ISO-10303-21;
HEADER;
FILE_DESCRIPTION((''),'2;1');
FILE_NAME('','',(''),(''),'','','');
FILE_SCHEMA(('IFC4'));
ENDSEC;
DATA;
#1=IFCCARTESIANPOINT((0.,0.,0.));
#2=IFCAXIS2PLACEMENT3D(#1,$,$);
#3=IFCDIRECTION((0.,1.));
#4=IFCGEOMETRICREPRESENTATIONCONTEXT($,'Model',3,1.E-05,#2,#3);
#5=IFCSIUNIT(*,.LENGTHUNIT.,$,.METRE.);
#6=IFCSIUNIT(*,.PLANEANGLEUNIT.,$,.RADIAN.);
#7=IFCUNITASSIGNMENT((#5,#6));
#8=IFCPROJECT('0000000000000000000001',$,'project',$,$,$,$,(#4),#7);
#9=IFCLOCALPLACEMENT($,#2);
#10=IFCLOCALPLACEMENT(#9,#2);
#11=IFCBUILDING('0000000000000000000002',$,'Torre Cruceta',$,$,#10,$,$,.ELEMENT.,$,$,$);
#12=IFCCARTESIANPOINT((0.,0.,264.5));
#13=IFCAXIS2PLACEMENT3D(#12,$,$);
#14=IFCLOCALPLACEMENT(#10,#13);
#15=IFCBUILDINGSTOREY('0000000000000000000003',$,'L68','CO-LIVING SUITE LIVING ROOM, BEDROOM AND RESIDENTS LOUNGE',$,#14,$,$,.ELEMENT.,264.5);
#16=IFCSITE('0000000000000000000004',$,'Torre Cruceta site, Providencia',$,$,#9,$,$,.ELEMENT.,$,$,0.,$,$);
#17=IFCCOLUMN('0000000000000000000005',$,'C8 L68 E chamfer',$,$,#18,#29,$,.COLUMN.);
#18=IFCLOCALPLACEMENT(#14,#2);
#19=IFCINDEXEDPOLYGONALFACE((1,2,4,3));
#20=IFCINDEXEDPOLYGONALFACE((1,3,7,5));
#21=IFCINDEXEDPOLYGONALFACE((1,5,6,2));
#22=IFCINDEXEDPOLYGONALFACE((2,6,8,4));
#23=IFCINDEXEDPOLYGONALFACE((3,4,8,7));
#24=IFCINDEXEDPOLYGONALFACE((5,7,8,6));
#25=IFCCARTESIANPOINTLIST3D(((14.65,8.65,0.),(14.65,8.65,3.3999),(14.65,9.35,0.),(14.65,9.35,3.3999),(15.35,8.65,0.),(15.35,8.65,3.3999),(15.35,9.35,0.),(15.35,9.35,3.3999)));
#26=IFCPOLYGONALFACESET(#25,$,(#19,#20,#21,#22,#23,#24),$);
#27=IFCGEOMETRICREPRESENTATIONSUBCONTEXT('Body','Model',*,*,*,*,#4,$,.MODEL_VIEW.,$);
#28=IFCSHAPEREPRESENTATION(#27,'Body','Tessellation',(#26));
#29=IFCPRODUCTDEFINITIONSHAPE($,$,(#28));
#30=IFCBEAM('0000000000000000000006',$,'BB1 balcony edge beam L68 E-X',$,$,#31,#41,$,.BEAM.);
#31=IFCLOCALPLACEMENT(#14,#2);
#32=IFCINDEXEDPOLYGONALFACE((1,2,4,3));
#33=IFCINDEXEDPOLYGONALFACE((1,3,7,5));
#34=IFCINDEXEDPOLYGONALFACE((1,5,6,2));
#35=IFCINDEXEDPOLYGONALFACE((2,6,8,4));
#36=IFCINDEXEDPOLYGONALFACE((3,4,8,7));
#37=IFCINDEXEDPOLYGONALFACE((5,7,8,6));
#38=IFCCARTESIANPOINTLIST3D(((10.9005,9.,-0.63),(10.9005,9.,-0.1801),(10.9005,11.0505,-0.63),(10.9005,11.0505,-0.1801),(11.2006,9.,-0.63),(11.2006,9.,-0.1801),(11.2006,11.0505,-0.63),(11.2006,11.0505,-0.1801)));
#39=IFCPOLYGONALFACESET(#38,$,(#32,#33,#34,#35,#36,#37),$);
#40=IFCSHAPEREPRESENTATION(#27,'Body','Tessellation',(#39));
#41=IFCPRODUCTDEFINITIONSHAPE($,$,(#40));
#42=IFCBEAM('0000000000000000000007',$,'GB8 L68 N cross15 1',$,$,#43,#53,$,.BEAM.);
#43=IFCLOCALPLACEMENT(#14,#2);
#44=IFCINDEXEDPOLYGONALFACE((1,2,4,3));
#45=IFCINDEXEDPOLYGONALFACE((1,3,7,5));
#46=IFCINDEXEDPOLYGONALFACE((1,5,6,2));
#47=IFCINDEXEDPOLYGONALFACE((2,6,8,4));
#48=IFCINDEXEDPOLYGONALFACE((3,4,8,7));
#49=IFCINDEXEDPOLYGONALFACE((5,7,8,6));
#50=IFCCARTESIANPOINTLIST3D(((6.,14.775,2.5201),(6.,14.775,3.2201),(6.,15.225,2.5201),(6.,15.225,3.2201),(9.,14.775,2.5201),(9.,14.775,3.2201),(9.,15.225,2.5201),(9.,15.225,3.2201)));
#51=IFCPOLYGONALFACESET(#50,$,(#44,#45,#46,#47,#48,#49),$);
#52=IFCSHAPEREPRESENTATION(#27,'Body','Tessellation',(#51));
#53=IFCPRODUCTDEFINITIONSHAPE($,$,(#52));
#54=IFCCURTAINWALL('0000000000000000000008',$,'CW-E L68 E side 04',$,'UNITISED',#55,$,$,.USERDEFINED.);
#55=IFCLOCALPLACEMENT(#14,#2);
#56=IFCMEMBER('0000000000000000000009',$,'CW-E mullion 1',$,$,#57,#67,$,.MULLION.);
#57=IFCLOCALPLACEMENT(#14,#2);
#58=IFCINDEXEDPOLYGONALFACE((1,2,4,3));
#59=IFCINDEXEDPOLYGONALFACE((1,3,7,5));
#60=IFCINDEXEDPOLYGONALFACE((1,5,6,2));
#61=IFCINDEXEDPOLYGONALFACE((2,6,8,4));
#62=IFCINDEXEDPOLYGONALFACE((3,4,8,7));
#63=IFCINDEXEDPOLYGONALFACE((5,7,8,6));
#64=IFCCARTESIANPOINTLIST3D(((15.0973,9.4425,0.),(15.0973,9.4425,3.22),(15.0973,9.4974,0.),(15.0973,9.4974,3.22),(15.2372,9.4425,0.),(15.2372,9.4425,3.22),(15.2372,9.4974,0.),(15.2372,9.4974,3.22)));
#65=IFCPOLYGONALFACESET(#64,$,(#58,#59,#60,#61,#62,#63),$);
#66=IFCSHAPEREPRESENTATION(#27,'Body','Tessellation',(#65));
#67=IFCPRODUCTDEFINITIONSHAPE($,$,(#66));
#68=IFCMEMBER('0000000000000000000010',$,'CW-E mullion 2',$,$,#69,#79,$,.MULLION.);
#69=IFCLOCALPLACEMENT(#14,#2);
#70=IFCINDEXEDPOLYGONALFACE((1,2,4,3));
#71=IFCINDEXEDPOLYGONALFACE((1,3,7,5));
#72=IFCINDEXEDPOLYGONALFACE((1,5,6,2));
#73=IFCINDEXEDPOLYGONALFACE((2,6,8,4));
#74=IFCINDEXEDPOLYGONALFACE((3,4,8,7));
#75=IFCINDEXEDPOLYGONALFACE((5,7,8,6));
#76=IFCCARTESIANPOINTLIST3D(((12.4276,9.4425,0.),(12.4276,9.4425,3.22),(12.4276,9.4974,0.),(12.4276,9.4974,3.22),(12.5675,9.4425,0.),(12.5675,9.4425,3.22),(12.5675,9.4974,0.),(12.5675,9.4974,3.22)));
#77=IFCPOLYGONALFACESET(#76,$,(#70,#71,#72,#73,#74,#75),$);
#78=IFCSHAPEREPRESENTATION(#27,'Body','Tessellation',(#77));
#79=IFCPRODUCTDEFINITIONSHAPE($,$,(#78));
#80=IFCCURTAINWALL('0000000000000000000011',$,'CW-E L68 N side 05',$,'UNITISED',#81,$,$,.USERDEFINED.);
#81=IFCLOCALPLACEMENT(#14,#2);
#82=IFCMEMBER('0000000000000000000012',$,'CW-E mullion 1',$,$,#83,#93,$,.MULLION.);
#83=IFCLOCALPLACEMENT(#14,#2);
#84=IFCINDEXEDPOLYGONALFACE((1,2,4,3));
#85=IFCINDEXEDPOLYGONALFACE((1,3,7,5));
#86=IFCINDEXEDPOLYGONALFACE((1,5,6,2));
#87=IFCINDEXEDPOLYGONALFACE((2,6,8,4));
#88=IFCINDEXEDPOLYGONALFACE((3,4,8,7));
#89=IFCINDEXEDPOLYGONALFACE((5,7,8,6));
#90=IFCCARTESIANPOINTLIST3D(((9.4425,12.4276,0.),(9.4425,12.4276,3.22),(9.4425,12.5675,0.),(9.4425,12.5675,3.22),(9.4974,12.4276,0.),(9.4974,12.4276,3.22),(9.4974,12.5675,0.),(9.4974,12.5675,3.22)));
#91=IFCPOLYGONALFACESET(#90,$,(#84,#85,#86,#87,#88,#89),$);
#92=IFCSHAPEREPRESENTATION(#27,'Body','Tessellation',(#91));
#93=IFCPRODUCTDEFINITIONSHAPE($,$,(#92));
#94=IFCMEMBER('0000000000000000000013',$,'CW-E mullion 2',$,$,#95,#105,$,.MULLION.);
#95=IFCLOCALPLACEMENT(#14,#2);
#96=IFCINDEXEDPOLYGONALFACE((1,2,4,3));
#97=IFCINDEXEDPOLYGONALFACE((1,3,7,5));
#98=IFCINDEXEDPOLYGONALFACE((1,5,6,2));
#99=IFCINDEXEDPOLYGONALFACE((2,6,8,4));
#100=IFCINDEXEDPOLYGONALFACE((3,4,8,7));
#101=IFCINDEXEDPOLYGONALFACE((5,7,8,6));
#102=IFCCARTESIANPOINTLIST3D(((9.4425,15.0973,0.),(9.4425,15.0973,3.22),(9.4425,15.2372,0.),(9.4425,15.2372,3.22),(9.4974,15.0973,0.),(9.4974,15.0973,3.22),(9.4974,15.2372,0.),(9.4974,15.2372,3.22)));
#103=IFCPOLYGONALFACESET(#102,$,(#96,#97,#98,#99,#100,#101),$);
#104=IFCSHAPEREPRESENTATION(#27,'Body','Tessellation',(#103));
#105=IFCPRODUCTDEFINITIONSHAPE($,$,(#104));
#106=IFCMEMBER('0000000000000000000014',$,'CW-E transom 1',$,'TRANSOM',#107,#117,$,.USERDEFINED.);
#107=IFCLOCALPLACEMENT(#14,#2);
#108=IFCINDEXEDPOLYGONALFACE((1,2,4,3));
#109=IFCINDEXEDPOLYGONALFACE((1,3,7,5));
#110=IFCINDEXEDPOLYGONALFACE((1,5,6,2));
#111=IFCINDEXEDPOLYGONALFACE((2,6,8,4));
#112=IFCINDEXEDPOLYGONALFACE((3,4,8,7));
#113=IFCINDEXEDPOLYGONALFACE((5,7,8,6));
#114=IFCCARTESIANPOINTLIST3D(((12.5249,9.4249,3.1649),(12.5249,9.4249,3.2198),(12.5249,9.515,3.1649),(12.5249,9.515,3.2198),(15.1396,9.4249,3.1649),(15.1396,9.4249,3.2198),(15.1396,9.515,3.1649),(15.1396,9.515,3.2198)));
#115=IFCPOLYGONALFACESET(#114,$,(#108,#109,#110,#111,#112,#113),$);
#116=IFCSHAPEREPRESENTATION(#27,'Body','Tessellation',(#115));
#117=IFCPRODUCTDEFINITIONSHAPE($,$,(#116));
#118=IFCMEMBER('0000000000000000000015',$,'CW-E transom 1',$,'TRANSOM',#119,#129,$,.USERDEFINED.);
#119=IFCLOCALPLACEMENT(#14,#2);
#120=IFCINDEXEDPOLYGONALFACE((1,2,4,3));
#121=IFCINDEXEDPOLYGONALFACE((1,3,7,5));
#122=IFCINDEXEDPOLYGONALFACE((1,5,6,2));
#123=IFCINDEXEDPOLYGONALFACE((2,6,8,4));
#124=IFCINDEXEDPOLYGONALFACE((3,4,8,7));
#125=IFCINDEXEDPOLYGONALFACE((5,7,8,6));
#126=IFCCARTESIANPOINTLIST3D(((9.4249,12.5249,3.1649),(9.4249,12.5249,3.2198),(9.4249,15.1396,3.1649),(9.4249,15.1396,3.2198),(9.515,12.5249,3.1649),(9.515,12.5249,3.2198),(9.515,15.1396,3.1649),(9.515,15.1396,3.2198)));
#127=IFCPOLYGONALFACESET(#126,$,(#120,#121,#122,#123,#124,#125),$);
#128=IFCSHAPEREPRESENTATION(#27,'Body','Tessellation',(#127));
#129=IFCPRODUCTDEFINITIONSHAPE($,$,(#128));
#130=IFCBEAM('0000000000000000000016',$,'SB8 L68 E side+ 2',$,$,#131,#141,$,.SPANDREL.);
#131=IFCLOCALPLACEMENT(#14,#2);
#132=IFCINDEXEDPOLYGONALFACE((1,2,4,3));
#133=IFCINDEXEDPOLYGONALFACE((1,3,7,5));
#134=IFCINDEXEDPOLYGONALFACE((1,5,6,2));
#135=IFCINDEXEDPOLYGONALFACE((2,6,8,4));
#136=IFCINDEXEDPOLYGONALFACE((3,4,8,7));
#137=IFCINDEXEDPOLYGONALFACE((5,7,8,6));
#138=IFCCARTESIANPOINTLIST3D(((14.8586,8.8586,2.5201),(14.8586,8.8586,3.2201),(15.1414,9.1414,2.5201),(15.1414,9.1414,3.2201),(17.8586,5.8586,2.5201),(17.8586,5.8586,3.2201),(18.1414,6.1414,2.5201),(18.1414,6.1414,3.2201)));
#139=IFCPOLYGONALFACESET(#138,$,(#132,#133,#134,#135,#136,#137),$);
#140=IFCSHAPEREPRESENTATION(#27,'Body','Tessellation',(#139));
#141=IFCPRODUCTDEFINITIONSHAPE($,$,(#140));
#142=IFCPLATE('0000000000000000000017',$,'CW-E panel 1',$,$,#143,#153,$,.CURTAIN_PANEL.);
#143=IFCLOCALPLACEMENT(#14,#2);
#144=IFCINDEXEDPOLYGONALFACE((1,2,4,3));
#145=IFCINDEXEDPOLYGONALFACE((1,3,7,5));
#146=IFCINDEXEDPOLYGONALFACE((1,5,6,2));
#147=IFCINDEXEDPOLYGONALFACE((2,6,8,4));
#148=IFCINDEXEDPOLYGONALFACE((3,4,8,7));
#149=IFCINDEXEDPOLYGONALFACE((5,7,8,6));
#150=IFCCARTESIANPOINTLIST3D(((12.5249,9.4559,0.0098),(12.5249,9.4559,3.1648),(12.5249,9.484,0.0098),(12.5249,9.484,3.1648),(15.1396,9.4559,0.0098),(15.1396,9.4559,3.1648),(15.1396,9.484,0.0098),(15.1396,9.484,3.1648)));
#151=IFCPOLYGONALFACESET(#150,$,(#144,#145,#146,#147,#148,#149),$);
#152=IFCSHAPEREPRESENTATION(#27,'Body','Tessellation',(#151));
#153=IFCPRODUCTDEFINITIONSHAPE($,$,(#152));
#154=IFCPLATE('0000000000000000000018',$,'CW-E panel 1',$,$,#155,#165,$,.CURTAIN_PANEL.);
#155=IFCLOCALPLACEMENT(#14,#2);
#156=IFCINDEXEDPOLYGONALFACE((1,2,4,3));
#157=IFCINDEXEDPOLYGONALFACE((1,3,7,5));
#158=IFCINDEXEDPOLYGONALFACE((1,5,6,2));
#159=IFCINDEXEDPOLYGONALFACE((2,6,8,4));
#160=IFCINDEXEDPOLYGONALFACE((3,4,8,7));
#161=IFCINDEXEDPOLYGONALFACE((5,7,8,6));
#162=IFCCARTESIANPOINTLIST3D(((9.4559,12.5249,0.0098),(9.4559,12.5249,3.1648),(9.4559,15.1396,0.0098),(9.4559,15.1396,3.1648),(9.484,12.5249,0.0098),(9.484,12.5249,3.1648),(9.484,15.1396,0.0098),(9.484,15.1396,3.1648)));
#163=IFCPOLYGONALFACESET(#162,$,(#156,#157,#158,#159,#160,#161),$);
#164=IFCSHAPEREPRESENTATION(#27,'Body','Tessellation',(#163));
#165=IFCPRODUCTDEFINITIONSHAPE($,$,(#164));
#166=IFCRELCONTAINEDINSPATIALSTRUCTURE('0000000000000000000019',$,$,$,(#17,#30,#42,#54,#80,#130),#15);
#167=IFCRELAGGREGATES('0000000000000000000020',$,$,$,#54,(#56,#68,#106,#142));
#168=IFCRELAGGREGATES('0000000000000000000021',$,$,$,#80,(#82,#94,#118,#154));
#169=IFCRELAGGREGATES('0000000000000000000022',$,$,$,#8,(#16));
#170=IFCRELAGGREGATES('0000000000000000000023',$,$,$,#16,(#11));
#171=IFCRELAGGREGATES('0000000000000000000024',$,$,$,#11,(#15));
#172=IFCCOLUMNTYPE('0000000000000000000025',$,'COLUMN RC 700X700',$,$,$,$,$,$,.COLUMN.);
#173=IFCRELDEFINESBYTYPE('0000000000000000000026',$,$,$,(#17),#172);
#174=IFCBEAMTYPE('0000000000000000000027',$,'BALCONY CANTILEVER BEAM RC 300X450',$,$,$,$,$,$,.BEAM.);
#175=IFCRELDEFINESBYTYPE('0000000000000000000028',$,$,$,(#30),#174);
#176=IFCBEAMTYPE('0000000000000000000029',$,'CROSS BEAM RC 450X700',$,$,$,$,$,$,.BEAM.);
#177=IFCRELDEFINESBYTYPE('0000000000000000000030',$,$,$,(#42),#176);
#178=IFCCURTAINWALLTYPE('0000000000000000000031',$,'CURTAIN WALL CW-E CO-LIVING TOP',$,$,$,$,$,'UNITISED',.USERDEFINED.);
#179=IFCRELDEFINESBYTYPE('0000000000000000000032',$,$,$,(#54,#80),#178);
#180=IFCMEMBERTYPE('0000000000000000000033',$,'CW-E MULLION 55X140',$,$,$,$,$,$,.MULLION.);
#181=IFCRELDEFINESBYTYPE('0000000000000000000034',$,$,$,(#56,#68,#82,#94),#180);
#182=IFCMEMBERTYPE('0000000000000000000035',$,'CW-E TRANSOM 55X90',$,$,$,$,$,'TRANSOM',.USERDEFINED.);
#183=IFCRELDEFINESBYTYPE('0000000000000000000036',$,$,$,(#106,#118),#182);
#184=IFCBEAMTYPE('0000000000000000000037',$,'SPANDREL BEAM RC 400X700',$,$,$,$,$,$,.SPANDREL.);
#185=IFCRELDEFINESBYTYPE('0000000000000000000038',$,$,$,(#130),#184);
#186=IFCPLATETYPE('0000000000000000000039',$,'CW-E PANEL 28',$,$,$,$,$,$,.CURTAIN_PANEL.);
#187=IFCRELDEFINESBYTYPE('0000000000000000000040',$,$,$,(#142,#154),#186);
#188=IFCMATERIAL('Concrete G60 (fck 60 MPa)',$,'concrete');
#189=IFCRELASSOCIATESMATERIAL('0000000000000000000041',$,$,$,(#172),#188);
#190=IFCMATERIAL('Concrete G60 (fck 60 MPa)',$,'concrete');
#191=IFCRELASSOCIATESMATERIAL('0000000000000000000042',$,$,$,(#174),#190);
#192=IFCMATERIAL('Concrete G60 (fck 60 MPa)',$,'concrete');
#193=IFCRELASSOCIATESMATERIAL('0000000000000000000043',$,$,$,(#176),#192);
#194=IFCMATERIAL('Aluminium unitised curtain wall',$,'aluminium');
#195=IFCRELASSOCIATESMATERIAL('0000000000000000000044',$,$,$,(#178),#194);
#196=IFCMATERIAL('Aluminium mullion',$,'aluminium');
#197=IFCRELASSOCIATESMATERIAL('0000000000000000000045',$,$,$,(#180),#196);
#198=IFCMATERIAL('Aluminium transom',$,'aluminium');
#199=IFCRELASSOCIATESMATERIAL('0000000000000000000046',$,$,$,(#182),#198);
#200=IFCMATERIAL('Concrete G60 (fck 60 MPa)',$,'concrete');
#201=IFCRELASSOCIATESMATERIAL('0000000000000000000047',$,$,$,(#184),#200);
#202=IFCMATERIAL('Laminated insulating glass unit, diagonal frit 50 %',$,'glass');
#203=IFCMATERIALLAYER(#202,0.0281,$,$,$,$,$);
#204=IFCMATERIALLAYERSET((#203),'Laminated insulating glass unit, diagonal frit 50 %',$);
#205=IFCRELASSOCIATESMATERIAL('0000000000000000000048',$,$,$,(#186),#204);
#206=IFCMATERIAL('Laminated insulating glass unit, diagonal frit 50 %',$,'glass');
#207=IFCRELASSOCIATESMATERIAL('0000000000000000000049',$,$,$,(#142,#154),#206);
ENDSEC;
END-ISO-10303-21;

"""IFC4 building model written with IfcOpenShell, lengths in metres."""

from ifc_helpers import new_model, si_unit, direction, frame, origin, origin_2d, place, context, subcontext, project, spatial, rectangle, extrude, material, layer, layer_set, material_profile, profile_set, type_object, element, aggregate, save


model = new_model("IFC4")

# Units and contexts
model_context = context("Model", 3, precision=1e-05, world=origin(), true_north=direction((0.0, 1.0)))
body_context = subcontext(model_context, "Body", "Model", "MODEL_VIEW")
ifc_project = project(units=[si_unit("LENGTHUNIT", "METRE"), si_unit("PLANEANGLEUNIT", "RADIAN")], contexts=[model_context])

# Site, building, storey
site_placement = place(None, origin())
site = spatial("IfcSite", under=ifc_project, at=site_placement, Name="Torre Cruceta site, Providencia", CompositionType="ELEMENT", RefElevation=0.0)
building_placement = place(site_placement, origin())
building = spatial("IfcBuilding", under=site, at=building_placement, Name="Torre Cruceta", CompositionType="ELEMENT")
storey_placement = place(building_placement, frame((0.0, 0.0, 264.5)))
storey = spatial("IfcBuildingStorey", under=building, at=storey_placement, Name="L68", Description="CO-LIVING SUITE LIVING ROOM, BEDROOM AND RESIDENTS LOUNGE", CompositionType="ELEMENT", Elevation=264.5)

# Column
ifc_material_1 = material(Name="Concrete G60 (fck 60 MPa)", Category="concrete")
ifc_material_profile_1 = material_profile(ifc_material_1, rectangle(XDim=0.7, YDim=0.7, at=origin_2d()), Name="RC 700X700")
ifc_profile_set_1 = profile_set([ifc_material_profile_1], Name="Concrete G60 (fck 60 MPa)")
column_type = type_object("IfcColumnType", Name="COLUMN RC 700X700", PredefinedType="COLUMN", material=ifc_profile_set_1)
column_placement = place(storey_placement, frame((15.0, 9.0, 0.0), z_axis=(0.0, 0.0, 1.0), x_axis=(1.0, 0.0, 0.0)))
element("IfcColumn", 1, at=column_placement, inside=storey, type_object=column_type, Name="C8 L68 E chamfer", PredefinedType="COLUMN", context=body_context, shape_type="SweptSolid", body=[
    extrude(rectangle(XDim=0.7, YDim=0.7, at=origin_2d()), origin(), (0.0, 0.0, 1.0), 3.3999),
])

# Beams
ifc_material_2 = material(Name="Concrete G60 (fck 60 MPa)", Category="concrete")
ifc_material_profile_2 = material_profile(ifc_material_2, rectangle(XDim=0.3, YDim=0.45, at=origin_2d()), Name="RC 300X450")
ifc_profile_set_2 = profile_set([ifc_material_profile_2], Name="Concrete G60 (fck 60 MPa)")
beam_type_1 = type_object("IfcBeamType", Name="BALCONY CANTILEVER BEAM RC 300X450", PredefinedType="BEAM", material=ifc_profile_set_2)
beam_1_placement = place(storey_placement, frame((11.0505, 9.0, -0.405), z_axis=(0.0, 1.0, 0.0), x_axis=(-1.0, 0.0, 0.0)))
element("IfcBeam", 2, at=beam_1_placement, inside=storey, type_object=beam_type_1, Name="BB1 balcony edge beam L68 E-X", PredefinedType="BEAM", context=body_context, shape_type="SweptSolid", body=[
    extrude(rectangle(XDim=0.3, YDim=0.45, at=origin_2d()), origin(), (0.0, 0.0, 1.0), 2.0505),
])
ifc_material_3 = material(Name="Concrete G60 (fck 60 MPa)", Category="concrete")
ifc_material_profile_3 = material_profile(ifc_material_3, rectangle(XDim=0.45, YDim=0.7, at=origin_2d()), Name="RC 450X700")
ifc_profile_set_3 = profile_set([ifc_material_profile_3], Name="Concrete G60 (fck 60 MPa)")
beam_type_2 = type_object("IfcBeamType", Name="CROSS BEAM RC 450X700", PredefinedType="BEAM", material=ifc_profile_set_3)
beam_2_placement = place(storey_placement, frame((9.0, 15.0, 2.8701), z_axis=(-1.0, 0.0, 0.0), x_axis=(0.0, -1.0, 0.0)))
element("IfcBeam", 3, at=beam_2_placement, inside=storey, type_object=beam_type_2, Name="GB8 L68 N cross15 1", PredefinedType="BEAM", context=body_context, shape_type="SweptSolid", body=[
    extrude(rectangle(XDim=0.45, YDim=0.7, at=origin_2d()), origin(), (0.0, 0.0, 1.0), 3.0),
])

# Curtain walls, members
ifc_material_4 = material(Name="Aluminium unitised curtain wall", Category="aluminium")
curtain_wall_type = type_object("IfcCurtainWallType", Name="CURTAIN WALL CW-E CO-LIVING TOP", ElementType="UNITISED", PredefinedType="USERDEFINED", material=ifc_material_4)
curtain_wall_1_placement = place(storey_placement, origin())
curtain_wall_1 = element("IfcCurtainWall", 4, at=curtain_wall_1_placement, inside=storey, type_object=curtain_wall_type, Name="CW-E L68 E side 04", ObjectType="UNITISED", PredefinedType="USERDEFINED")
ifc_material_5 = material(Name="Aluminium mullion", Category="aluminium")
ifc_material_profile_4 = material_profile(ifc_material_5, rectangle(XDim=0.0549, YDim=0.1399, at=origin_2d()), Name="AL 55X140")
ifc_profile_set_4 = profile_set([ifc_material_profile_4], Name="Aluminium mullion")
member_type_1 = type_object("IfcMemberType", Name="CW-E MULLION 55X140", PredefinedType="MULLION", material=ifc_profile_set_4)
member_1_placement = place(storey_placement, frame((15.1672, 9.47, 0.0), z_axis=(0.0, 0.0, 1.0), x_axis=(0.0, -1.0, 0.0)))
member_1 = element("IfcMember", 5, at=member_1_placement, type_object=member_type_1, Name="CW-E mullion 1", PredefinedType="MULLION", context=body_context, shape_type="SweptSolid", body=[
    extrude(rectangle(XDim=0.0549, YDim=0.1399, at=origin_2d()), origin(), (0.0, 0.0, 1.0), 3.22),
])
member_2_placement = place(storey_placement, frame((12.4976, 9.47, 0.0), z_axis=(0.0, 0.0, 1.0), x_axis=(0.0, -1.0, 0.0)))
member_2 = element("IfcMember", 6, at=member_2_placement, type_object=member_type_1, Name="CW-E mullion 2", PredefinedType="MULLION", context=body_context, shape_type="SweptSolid", body=[
    extrude(rectangle(XDim=0.0549, YDim=0.1399, at=origin_2d()), origin(), (0.0, 0.0, 1.0), 3.22),
])
curtain_wall_2_placement = place(storey_placement, origin())
curtain_wall_2 = element("IfcCurtainWall", 7, at=curtain_wall_2_placement, inside=storey, type_object=curtain_wall_type, Name="CW-E L68 N side 05", ObjectType="UNITISED", PredefinedType="USERDEFINED")
member_3_placement = place(storey_placement, frame((9.47, 12.4976, 0.0), z_axis=(0.0, 0.0, 1.0), x_axis=(-1.0, 0.0, 0.0)))
member_3 = element("IfcMember", 8, at=member_3_placement, type_object=member_type_1, Name="CW-E mullion 1", PredefinedType="MULLION", context=body_context, shape_type="SweptSolid", body=[
    extrude(rectangle(XDim=0.0549, YDim=0.1399, at=origin_2d()), origin(), (0.0, 0.0, 1.0), 3.22),
])
member_4_placement = place(storey_placement, frame((9.47, 15.1672, 0.0), z_axis=(0.0, 0.0, 1.0), x_axis=(-1.0, 0.0, 0.0)))
member_4 = element("IfcMember", 9, at=member_4_placement, type_object=member_type_1, Name="CW-E mullion 2", PredefinedType="MULLION", context=body_context, shape_type="SweptSolid", body=[
    extrude(rectangle(XDim=0.0549, YDim=0.1399, at=origin_2d()), origin(), (0.0, 0.0, 1.0), 3.22),
])

# Members
ifc_material_6 = material(Name="Aluminium transom", Category="aluminium")
ifc_material_profile_5 = material_profile(ifc_material_6, rectangle(XDim=0.0901, YDim=0.0549, at=origin_2d()), Name="AL 90X55")
ifc_profile_set_5 = profile_set([ifc_material_profile_5], Name="Aluminium transom")
member_type_2 = type_object("IfcMemberType", Name="CW-E TRANSOM 55X90", ElementType="TRANSOM", PredefinedType="USERDEFINED", material=ifc_profile_set_5)
member_5_placement = place(storey_placement, frame((15.1396, 9.47, 3.1924), z_axis=(-1.0, 0.0, 0.0), x_axis=(0.0, -1.0, 0.0)))
member_5 = element("IfcMember", 10, at=member_5_placement, type_object=member_type_2, Name="CW-E transom 1", ObjectType="TRANSOM", PredefinedType="USERDEFINED", context=body_context, shape_type="SweptSolid", body=[
    extrude(rectangle(XDim=0.0901, YDim=0.0549, at=origin_2d()), origin(), (0.0, 0.0, 1.0), 2.6147),
])
member_6_placement = place(storey_placement, frame((9.47, 12.5249, 3.1924), z_axis=(0.0, 1.0, 0.0), x_axis=(-1.0, 0.0, 0.0)))
member_6 = element("IfcMember", 11, at=member_6_placement, type_object=member_type_2, Name="CW-E transom 1", ObjectType="TRANSOM", PredefinedType="USERDEFINED", context=body_context, shape_type="SweptSolid", body=[
    extrude(rectangle(XDim=0.0901, YDim=0.0549, at=origin_2d()), origin(), (0.0, 0.0, 1.0), 2.6147),
])

# Beam
ifc_material_7 = material(Name="Concrete G60 (fck 60 MPa)", Category="concrete")
ifc_material_profile_6 = material_profile(ifc_material_7, rectangle(XDim=0.3999, YDim=0.7, at=origin_2d()), Name="RC 400X700")
ifc_profile_set_6 = profile_set([ifc_material_profile_6], Name="Concrete G60 (fck 60 MPa)")
beam_type_3 = type_object("IfcBeamType", Name="SPANDREL BEAM RC 400X700", PredefinedType="SPANDREL", material=ifc_profile_set_6)
beam_3_placement = place(storey_placement, frame((15.0, 9.0, 2.8701), z_axis=(0.707107, -0.707107, 0.0), x_axis=(0.707107, 0.707107, 0.0)))
element("IfcBeam", 12, at=beam_3_placement, inside=storey, type_object=beam_type_3, Name="SB8 L68 E side+ 2", PredefinedType="SPANDREL", context=body_context, shape_type="SweptSolid", body=[
    extrude(rectangle(XDim=0.3999, YDim=0.7, at=origin_2d()), origin(), (0.0, 0.0, 1.0), 4.2427),
])

# Plates
ifc_material_8 = material(Name="Laminated insulating glass unit, diagonal frit 50 %", Category="glass")
ifc_material_9 = material(Name="Laminated insulating glass unit, diagonal frit 50 %", Category="glass")
ifc_layer_1 = layer(ifc_material_9, 0.0281)
ifc_layer_set_1 = layer_set([ifc_layer_1], Name="Laminated insulating glass unit, diagonal frit 50 %")
plate_type = type_object("IfcPlateType", Name="CW-E PANEL 28", PredefinedType="CURTAIN_PANEL", material=ifc_layer_set_1)
plate_1_placement = place(storey_placement, frame((13.8323, 9.47, 0.0098), z_axis=(0.0, 0.0, 1.0), x_axis=(-1.0, 0.0, 0.0)))
plate_1 = element("IfcPlate", 13, at=plate_1_placement, type_object=plate_type, material=ifc_material_8, Name="CW-E panel 1", PredefinedType="CURTAIN_PANEL", context=body_context, shape_type="SweptSolid", body=[
    extrude(rectangle(XDim=2.6147, YDim=0.0281, at=origin_2d()), origin(), (0.0, 0.0, 1.0), 3.155),
])
aggregate(curtain_wall_1, [member_1, member_2, member_5, plate_1])
plate_2_placement = place(storey_placement, frame((9.47, 13.8323, 0.0098), z_axis=(0.0, 0.0, 1.0), x_axis=(0.0, 1.0, 0.0)))
plate_2 = element("IfcPlate", 14, at=plate_2_placement, type_object=plate_type, material=ifc_material_8, Name="CW-E panel 1", PredefinedType="CURTAIN_PANEL", context=body_context, shape_type="SweptSolid", body=[
    extrude(rectangle(XDim=2.6147, YDim=0.0281, at=origin_2d()), origin(), (0.0, 0.0, 1.0), 3.155),
])
aggregate(curtain_wall_2, [member_3, member_4, member_6, plate_2])

save(model, "model.ifc")
